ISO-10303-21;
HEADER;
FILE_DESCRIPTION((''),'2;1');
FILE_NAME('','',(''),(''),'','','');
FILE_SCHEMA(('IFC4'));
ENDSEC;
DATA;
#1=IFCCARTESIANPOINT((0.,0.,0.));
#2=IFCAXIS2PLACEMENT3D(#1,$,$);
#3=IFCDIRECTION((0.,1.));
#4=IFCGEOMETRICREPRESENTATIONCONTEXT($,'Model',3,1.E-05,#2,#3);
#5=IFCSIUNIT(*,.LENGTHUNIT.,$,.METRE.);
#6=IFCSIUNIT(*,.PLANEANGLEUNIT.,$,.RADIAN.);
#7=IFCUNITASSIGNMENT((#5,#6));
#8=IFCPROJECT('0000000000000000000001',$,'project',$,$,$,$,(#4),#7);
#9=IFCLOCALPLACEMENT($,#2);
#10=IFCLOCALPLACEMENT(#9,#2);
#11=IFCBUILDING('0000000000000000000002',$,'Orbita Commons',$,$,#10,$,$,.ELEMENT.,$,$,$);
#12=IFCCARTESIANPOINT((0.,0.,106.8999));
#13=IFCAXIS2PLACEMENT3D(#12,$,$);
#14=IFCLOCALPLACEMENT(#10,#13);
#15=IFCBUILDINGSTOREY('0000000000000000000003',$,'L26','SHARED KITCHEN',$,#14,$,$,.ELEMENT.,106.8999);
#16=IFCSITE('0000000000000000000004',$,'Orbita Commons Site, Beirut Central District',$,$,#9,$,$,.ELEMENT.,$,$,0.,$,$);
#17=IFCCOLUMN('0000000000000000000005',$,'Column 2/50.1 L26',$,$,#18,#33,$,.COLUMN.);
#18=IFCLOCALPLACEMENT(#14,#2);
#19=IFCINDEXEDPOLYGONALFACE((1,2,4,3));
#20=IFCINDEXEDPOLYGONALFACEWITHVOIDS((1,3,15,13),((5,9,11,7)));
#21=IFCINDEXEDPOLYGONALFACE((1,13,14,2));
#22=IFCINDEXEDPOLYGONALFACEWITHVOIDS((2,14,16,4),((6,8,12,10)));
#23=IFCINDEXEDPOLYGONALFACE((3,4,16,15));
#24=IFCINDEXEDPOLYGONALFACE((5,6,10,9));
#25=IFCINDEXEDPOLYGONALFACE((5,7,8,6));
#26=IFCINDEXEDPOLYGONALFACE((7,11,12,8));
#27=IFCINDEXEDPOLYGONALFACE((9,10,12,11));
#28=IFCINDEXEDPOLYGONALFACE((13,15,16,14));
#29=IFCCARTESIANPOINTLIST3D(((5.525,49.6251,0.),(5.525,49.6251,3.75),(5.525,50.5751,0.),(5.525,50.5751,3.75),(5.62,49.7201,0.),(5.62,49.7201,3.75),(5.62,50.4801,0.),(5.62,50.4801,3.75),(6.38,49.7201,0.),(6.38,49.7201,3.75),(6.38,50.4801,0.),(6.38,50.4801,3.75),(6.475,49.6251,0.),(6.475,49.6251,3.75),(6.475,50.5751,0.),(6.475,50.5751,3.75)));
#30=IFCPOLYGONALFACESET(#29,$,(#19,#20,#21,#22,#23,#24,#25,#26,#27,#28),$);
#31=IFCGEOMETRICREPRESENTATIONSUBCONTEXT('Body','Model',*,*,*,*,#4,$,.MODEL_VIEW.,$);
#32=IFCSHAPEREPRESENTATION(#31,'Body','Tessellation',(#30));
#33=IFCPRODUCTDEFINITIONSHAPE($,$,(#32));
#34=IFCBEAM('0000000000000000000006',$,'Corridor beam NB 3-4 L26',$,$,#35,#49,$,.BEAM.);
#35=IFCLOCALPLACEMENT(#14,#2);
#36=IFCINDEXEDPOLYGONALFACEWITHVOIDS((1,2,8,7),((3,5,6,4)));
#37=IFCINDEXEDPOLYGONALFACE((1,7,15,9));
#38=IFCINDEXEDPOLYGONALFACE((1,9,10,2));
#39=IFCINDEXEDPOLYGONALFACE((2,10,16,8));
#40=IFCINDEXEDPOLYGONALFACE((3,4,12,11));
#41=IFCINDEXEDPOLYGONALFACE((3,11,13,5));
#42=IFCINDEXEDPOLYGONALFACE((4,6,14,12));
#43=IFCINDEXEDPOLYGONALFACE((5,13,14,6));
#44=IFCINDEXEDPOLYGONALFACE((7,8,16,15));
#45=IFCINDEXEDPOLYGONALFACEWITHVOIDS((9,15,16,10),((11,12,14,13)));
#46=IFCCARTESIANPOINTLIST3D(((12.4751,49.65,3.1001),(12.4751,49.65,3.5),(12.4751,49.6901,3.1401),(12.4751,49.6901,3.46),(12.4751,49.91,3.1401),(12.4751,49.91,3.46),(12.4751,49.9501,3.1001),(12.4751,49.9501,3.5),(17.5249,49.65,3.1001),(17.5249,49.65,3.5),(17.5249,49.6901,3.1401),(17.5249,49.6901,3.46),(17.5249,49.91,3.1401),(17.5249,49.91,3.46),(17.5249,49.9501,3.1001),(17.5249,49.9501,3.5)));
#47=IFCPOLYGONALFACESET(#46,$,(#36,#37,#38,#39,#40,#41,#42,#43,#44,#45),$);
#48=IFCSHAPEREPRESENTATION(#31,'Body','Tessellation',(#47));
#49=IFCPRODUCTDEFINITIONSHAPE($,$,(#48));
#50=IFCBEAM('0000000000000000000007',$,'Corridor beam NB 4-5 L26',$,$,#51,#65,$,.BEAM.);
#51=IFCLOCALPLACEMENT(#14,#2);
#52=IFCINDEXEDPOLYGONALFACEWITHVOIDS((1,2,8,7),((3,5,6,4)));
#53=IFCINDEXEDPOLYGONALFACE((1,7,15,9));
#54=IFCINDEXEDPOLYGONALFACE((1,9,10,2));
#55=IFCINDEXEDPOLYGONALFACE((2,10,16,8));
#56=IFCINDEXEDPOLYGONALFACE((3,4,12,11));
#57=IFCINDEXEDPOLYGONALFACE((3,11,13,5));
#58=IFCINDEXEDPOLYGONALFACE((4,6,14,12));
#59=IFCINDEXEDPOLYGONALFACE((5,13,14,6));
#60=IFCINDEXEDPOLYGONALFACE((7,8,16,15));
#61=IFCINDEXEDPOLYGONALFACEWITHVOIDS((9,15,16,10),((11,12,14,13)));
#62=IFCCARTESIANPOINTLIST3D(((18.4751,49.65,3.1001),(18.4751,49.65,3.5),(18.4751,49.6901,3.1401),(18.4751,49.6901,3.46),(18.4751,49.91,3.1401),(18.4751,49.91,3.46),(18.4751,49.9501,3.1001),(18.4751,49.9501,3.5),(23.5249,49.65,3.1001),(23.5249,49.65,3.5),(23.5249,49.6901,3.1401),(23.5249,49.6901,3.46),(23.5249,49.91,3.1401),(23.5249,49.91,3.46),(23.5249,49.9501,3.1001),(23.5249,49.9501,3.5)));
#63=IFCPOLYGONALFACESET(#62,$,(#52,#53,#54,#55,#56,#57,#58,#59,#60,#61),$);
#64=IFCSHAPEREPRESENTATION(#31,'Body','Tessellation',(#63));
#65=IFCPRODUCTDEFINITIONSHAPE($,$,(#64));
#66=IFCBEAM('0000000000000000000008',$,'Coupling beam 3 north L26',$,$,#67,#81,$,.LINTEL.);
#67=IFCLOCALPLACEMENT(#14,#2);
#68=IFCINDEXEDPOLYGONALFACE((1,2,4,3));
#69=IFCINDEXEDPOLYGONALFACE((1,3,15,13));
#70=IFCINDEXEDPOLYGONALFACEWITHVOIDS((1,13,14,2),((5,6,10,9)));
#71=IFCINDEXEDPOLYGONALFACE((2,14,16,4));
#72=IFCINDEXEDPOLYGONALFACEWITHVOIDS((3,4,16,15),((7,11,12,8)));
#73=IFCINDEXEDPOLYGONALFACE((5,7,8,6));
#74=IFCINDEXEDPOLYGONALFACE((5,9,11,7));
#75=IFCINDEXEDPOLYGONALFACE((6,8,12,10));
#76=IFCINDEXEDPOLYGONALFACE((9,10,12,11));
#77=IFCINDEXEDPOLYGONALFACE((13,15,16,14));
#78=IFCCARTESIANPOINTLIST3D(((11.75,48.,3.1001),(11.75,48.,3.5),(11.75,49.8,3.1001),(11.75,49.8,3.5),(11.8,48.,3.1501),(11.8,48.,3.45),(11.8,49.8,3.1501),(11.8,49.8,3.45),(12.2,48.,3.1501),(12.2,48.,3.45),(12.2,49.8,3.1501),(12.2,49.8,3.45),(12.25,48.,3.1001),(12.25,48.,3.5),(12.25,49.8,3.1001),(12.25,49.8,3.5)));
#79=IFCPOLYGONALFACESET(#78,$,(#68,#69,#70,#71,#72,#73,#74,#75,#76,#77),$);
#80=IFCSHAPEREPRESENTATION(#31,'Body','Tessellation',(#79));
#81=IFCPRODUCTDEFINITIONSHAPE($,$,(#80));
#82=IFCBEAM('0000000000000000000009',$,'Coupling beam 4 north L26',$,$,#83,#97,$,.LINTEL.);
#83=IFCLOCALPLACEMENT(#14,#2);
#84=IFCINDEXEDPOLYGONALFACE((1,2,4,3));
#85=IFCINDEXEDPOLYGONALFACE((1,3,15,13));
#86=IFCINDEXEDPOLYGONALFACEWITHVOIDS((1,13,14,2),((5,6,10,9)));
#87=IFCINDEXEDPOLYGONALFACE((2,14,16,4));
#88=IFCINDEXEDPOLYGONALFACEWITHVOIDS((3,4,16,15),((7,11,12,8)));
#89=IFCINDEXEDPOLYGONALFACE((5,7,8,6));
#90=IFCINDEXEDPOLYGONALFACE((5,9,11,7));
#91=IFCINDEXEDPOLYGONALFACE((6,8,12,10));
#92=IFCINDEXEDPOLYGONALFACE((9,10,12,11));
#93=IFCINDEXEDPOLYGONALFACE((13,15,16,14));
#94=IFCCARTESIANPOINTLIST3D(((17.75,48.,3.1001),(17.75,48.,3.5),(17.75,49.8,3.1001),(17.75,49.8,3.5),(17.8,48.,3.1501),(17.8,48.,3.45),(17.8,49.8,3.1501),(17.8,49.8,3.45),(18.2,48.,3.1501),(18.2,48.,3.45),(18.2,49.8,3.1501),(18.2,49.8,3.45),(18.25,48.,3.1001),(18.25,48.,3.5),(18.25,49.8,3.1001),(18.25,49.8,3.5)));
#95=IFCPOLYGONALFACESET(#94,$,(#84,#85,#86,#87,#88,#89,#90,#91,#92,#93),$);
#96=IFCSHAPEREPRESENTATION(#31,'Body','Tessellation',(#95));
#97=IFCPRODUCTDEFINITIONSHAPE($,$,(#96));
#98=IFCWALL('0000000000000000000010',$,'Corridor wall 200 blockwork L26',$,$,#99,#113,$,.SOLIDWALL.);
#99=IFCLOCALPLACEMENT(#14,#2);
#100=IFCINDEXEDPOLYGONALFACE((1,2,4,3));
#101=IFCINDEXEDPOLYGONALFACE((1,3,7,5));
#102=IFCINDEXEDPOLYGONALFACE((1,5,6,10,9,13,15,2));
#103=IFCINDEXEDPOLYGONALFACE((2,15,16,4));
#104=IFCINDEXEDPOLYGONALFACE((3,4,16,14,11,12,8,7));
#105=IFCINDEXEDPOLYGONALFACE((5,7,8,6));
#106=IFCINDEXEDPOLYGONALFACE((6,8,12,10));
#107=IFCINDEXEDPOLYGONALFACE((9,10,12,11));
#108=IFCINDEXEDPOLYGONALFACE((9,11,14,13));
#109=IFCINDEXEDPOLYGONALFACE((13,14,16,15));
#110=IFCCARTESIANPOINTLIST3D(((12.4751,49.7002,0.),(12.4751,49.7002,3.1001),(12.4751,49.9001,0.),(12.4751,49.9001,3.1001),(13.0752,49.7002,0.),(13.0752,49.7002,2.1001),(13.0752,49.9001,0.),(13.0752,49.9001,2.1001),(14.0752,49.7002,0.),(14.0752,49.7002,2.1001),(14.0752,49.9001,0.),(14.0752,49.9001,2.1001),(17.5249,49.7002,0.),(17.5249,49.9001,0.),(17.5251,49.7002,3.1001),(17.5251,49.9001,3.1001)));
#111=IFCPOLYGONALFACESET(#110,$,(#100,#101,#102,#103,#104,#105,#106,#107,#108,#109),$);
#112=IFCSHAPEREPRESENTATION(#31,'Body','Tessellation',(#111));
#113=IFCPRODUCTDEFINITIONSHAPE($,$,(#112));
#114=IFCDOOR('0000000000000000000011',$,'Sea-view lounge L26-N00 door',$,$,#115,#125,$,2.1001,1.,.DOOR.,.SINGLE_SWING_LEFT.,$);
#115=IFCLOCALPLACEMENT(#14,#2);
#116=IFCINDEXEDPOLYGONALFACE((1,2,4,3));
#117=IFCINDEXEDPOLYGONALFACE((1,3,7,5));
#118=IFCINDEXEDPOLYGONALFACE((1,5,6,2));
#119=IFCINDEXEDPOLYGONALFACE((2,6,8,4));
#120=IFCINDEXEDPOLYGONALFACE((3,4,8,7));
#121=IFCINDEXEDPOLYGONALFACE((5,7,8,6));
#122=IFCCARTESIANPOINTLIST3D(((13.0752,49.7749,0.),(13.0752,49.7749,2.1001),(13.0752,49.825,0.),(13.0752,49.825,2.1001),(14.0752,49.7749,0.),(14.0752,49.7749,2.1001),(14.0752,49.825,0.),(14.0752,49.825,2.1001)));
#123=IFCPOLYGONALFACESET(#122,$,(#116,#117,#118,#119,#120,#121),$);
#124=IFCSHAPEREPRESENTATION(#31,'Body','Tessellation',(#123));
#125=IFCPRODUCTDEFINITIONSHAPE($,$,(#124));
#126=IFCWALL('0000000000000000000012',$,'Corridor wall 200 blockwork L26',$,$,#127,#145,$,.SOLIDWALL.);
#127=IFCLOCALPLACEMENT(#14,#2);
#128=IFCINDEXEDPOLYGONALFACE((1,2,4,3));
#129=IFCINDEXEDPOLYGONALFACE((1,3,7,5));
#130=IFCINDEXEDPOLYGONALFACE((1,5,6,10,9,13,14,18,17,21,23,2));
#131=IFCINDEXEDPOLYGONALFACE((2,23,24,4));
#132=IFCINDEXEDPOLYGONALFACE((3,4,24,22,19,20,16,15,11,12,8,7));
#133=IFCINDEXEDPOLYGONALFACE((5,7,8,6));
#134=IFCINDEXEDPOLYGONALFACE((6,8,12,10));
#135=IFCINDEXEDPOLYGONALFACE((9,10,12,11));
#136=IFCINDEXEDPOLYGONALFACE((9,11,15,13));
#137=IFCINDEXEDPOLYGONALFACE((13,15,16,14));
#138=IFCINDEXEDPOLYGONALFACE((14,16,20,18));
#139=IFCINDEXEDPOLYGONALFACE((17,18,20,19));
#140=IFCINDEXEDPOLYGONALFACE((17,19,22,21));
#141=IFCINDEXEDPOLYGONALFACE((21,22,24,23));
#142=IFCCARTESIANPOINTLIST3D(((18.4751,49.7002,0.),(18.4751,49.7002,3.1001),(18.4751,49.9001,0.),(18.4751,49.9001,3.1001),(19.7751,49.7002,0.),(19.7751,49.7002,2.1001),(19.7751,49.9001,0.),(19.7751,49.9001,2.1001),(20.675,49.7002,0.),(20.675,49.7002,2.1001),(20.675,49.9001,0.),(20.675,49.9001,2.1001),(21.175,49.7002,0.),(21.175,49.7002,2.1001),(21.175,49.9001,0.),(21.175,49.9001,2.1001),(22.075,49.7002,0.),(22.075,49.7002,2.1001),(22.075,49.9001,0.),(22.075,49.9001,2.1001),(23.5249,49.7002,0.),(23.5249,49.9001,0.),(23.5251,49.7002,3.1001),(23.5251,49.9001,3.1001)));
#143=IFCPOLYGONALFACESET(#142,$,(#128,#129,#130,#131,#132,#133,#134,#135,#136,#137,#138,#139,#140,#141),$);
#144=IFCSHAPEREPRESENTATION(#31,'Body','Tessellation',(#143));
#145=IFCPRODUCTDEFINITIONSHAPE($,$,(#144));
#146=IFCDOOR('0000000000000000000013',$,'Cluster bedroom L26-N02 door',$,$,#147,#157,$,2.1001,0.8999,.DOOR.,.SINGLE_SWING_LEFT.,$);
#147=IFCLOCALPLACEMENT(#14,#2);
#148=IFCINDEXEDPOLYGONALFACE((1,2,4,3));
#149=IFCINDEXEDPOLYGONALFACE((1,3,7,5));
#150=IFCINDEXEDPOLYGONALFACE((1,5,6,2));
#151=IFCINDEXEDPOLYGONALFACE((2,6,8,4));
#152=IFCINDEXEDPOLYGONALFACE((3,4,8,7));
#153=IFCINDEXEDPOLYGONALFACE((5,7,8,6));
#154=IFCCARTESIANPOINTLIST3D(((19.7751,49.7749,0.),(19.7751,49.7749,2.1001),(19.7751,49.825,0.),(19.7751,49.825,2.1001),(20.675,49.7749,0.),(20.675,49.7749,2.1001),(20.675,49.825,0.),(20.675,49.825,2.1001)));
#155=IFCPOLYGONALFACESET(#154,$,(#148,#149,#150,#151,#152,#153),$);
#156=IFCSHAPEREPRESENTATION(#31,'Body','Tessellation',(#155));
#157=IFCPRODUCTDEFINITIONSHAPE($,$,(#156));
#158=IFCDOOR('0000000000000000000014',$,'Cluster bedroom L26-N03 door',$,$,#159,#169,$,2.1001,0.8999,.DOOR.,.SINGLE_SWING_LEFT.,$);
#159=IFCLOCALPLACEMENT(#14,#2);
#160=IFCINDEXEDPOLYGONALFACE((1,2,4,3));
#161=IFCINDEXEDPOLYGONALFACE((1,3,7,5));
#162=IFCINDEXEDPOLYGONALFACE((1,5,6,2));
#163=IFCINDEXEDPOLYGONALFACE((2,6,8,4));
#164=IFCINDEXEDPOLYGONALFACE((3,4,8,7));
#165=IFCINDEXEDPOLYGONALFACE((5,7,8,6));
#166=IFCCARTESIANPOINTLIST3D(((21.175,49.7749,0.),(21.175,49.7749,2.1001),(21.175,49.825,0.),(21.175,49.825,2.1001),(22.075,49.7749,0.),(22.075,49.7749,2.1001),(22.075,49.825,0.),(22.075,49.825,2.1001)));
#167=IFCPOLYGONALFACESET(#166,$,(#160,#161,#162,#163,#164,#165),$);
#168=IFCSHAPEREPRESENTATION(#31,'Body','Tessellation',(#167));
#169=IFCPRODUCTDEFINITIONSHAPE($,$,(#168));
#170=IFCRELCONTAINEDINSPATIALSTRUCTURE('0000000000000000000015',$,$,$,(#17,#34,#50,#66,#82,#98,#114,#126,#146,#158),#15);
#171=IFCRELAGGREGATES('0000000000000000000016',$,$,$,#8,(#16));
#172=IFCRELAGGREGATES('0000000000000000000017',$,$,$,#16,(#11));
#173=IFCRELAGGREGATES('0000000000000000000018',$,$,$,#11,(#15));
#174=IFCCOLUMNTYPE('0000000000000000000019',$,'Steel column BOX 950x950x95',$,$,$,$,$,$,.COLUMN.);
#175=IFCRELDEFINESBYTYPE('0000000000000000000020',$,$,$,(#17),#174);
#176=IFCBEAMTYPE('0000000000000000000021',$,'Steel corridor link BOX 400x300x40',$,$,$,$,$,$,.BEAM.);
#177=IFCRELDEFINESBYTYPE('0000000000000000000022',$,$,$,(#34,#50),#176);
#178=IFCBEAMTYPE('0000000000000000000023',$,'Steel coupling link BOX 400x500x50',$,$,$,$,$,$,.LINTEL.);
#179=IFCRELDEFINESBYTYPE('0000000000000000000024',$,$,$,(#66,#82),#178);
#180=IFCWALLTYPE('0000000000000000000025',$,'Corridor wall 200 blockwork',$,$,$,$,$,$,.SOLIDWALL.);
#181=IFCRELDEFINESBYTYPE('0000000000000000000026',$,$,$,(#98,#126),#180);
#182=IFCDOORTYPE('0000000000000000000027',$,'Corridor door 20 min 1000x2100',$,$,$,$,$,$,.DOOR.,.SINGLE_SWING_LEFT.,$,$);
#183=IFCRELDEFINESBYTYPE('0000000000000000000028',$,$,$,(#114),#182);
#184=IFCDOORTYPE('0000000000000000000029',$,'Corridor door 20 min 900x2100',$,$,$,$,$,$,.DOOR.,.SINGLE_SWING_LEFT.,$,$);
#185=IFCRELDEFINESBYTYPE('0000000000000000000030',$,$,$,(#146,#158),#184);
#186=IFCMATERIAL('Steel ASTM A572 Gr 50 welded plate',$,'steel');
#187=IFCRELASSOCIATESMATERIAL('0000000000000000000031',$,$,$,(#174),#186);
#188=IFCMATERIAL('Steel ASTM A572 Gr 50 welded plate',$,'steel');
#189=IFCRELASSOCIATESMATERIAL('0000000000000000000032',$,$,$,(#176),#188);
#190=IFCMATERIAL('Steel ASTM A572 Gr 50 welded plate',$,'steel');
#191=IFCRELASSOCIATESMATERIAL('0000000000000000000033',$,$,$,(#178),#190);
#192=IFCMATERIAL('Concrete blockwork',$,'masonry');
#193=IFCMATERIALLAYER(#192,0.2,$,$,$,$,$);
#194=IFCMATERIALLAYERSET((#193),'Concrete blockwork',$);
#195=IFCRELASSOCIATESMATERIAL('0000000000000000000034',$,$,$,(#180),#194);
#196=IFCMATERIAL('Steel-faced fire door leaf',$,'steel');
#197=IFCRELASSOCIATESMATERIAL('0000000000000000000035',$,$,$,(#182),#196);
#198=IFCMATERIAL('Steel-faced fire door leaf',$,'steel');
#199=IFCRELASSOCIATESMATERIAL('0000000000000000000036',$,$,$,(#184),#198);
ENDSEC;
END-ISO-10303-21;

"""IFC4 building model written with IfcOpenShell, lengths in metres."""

from ifc_helpers import new_model, si_unit, direction, frame, frame_2d, origin, origin_2d, place, context, subcontext, project, spatial, polyline, rectangle, hollow_rectangle, outline, extrude, material, layer, layer_set, material_profile, profile_set, type_object, element, fill, save


model = new_model("IFC4")

# Units and contexts
model_context = context("Model", 3, precision=1e-05, world=origin(), true_north=direction((0.0, 1.0)))
body_context = subcontext(model_context, "Body", "Model", "MODEL_VIEW")
ifc_project = project(units=[si_unit("LENGTHUNIT", "METRE"), si_unit("PLANEANGLEUNIT", "RADIAN")], contexts=[model_context])

# Site, building, storey
site_placement = place(None, origin())
site = spatial("IfcSite", under=ifc_project, at=site_placement, Name="Orbita Commons Site, Beirut Central District", CompositionType="ELEMENT", RefElevation=0.0)
building_placement = place(site_placement, origin())
building = spatial("IfcBuilding", under=site, at=building_placement, Name="Orbita Commons", CompositionType="ELEMENT")
storey_placement = place(building_placement, frame((0.0, 0.0, 106.8999)))
storey = spatial("IfcBuildingStorey", under=building, at=storey_placement, Name="L26", Description="SHARED KITCHEN", CompositionType="ELEMENT", Elevation=106.8999)

# Column
ifc_material_1 = material(Name="Steel ASTM A572 Gr 50 welded plate", Category="steel")
ifc_material_profile_1 = material_profile(ifc_material_1, hollow_rectangle(XDim=0.95, YDim=0.95, WallThickness=0.095, at=origin_2d()), Name="BOX 950x950x95")
ifc_profile_set_1 = profile_set([ifc_material_profile_1], Name="Steel ASTM A572 Gr 50 welded plate")
column_type = type_object("IfcColumnType", Name="Steel column BOX 950x950x95", PredefinedType="COLUMN", material=ifc_profile_set_1)
column_placement = place(storey_placement, frame((6.0, 50.1001, 0.0), z_axis=(0.0, 0.0, 1.0), x_axis=(1.0, 0.0, 0.0)))
element("IfcColumn", 1, at=column_placement, inside=storey, type_object=column_type, Name="Column 2/50.1 L26", PredefinedType="COLUMN", context=body_context, shape_type="SweptSolid", body=[
    extrude(hollow_rectangle(XDim=0.95, YDim=0.95, WallThickness=0.095, at=origin_2d()), origin(), (0.0, 0.0, 1.0), 3.75),
])

# Beams
ifc_material_2 = material(Name="Steel ASTM A572 Gr 50 welded plate", Category="steel")
ifc_material_profile_2 = material_profile(ifc_material_2, hollow_rectangle(XDim=0.3, YDim=0.3999, WallThickness=0.04, at=origin_2d()), Name="BOX 400x300x40")
ifc_profile_set_2 = profile_set([ifc_material_profile_2], Name="Steel ASTM A572 Gr 50 welded plate")
beam_type_1 = type_object("IfcBeamType", Name="Steel corridor link BOX 400x300x40", PredefinedType="BEAM", material=ifc_profile_set_2)
for number, where, z_axis, x_axis, name in (
    (2, (12.4751, 49.8, 3.3), (1.0, 0.0, 0.0), (0.0, 1.0, 0.0), "Corridor beam NB 3-4 L26"),
    (3, (18.4751, 49.8, 3.3), (1.0, 0.0, 0.0), (0.0, 1.0, 0.0), "Corridor beam NB 4-5 L26"),
):
    element("IfcBeam", number, at=place(storey_placement, frame(where, z_axis=z_axis, x_axis=x_axis)), inside=storey, type_object=beam_type_1, Name=name, PredefinedType="BEAM", context=body_context, shape_type="SweptSolid", body=[
        extrude(hollow_rectangle(XDim=0.3, YDim=0.3999, WallThickness=0.04, at=origin_2d()), origin(), (0.0, 0.0, 1.0), 5.0498),
    ])
ifc_material_3 = material(Name="Steel ASTM A572 Gr 50 welded plate", Category="steel")
ifc_material_profile_3 = material_profile(ifc_material_3, hollow_rectangle(XDim=0.5, YDim=0.3999, WallThickness=0.05, at=origin_2d()), Name="BOX 400x500x50")
ifc_profile_set_3 = profile_set([ifc_material_profile_3], Name="Steel ASTM A572 Gr 50 welded plate")
beam_type_2 = type_object("IfcBeamType", Name="Steel coupling link BOX 400x500x50", PredefinedType="LINTEL", material=ifc_profile_set_3)
for number, where, z_axis, x_axis, name in (
    (4, (12.0, 48.0, 3.3), (0.0, 1.0, 0.0), (-1.0, 0.0, 0.0), "Coupling beam 3 north L26"),
    (5, (18.0, 48.0, 3.3), (0.0, 1.0, 0.0), (-1.0, 0.0, 0.0), "Coupling beam 4 north L26"),
):
    element("IfcBeam", number, at=place(storey_placement, frame(where, z_axis=z_axis, x_axis=x_axis)), inside=storey, type_object=beam_type_2, Name=name, PredefinedType="LINTEL", context=body_context, shape_type="SweptSolid", body=[
        extrude(hollow_rectangle(XDim=0.5, YDim=0.3999, WallThickness=0.05, at=origin_2d()), origin(), (0.0, 0.0, 1.0), 1.8),
    ])

# Wall, opening, door
ifc_material_4 = material(Name="Concrete blockwork", Category="masonry")
ifc_layer_1 = layer(ifc_material_4, 0.2)
ifc_layer_set_1 = layer_set([ifc_layer_1], Name="Concrete blockwork")
wall_type_1 = type_object("IfcWallType", Name="Corridor wall 200 blockwork", PredefinedType="SOLIDWALL", material=ifc_layer_set_1)
wall_1_placement = place(storey_placement, frame((12.4751, 49.8, 0.0), z_axis=(0.0, 0.0, 1.0), x_axis=(1.0, 0.0, 0.0)))
wall_1 = element("IfcWall", 6, at=wall_1_placement, inside=storey, type_object=wall_type_1, Name="Corridor wall 200 blockwork L26", PredefinedType="SOLIDWALL", context=body_context, shape_type="SweptSolid", body=[
    extrude(outline(polyline([(0.0, 0.0), (5.0498, 0.0), (5.05, 3.1001), (0.0, 3.1001), (0.0, 0.0)])), frame((0.0, 0.1001, 0.0), z_axis=(0.0, -1.0, 0.0), x_axis=(1.0, 0.0, 0.0)), (0.0, 0.0, 1.0), 0.2),
])
opening_1_placement = place(wall_1_placement, frame((0.6001, 0.0, 0.0)))
opening_1 = element("IfcOpeningElement", 7, at=opening_1_placement, cuts=wall_1, PredefinedType="OPENING", context=body_context, shape_type="SweptSolid", body=[
    extrude(rectangle(XDim=1.0, YDim=2.1001, at=frame_2d((0.5, 1.05))), frame((0.0, 0.1099, 0.0), z_axis=(0.0, -1.0, 0.0), x_axis=(1.0, 0.0, 0.0)), (0.0, 0.0, 1.0), 0.22),
])
ifc_material_5 = material(Name="Steel-faced fire door leaf", Category="steel")
door_type_1 = type_object("IfcDoorType", Name="Corridor door 20 min 1000x2100", OperationType="SINGLE_SWING_LEFT", PredefinedType="DOOR", material=ifc_material_5)
door_1_placement = place(opening_1_placement, origin())
door_1 = element("IfcDoor", 8, at=door_1_placement, inside=storey, type_object=door_type_1, Name="Sea-view lounge L26-N00 door", OperationType="SINGLE_SWING_LEFT", OverallHeight=2.1001, OverallWidth=1.0, PredefinedType="DOOR", context=body_context, shape_type="SweptSolid", body=[
    extrude(rectangle(XDim=1.0, YDim=2.1001, at=frame_2d((0.5, 1.05))), frame((0.0, 0.0249, 0.0), z_axis=(0.0, -1.0, 0.0), x_axis=(1.0, 0.0, 0.0)), (0.0, 0.0, 1.0), 0.05),
])
fill(opening_1, door_1)

# Wall, openings, doors
wall_2_placement = place(storey_placement, frame((18.4751, 49.8, 0.0), z_axis=(0.0, 0.0, 1.0), x_axis=(1.0, 0.0, 0.0)))
wall_2 = element("IfcWall", 9, at=wall_2_placement, inside=storey, type_object=wall_type_1, Name="Corridor wall 200 blockwork L26", PredefinedType="SOLIDWALL", context=body_context, shape_type="SweptSolid", body=[
    extrude(outline(polyline([(0.0, 0.0), (5.0498, 0.0), (5.05, 3.1001), (0.0, 3.1001), (0.0, 0.0)])), frame((0.0, 0.1001, 0.0), z_axis=(0.0, -1.0, 0.0), x_axis=(1.0, 0.0, 0.0)), (0.0, 0.0, 1.0), 0.2),
])
opening_2_placement = place(wall_2_placement, frame((1.3, 0.0, 0.0)))
opening_2 = element("IfcOpeningElement", 10, at=opening_2_placement, cuts=wall_2, PredefinedType="OPENING", context=body_context, shape_type="SweptSolid", body=[
    extrude(rectangle(XDim=0.8999, YDim=2.1001, at=frame_2d((0.45, 1.05))), frame((0.0, 0.1099, 0.0), z_axis=(0.0, -1.0, 0.0), x_axis=(1.0, 0.0, 0.0)), (0.0, 0.0, 1.0), 0.22),
])
opening_3_placement = place(wall_2_placement, frame((2.7, 0.0, 0.0)))
opening_3 = element("IfcOpeningElement", 11, at=opening_3_placement, cuts=wall_2, PredefinedType="OPENING", context=body_context, shape_type="SweptSolid", body=[
    extrude(rectangle(XDim=0.8999, YDim=2.1001, at=frame_2d((0.45, 1.05))), frame((0.0, 0.1099, 0.0), z_axis=(0.0, -1.0, 0.0), x_axis=(1.0, 0.0, 0.0)), (0.0, 0.0, 1.0), 0.22),
])
ifc_material_6 = material(Name="Steel-faced fire door leaf", Category="steel")
door_type_2 = type_object("IfcDoorType", Name="Corridor door 20 min 900x2100", OperationType="SINGLE_SWING_LEFT", PredefinedType="DOOR", material=ifc_material_6)
door_2_placement = place(opening_2_placement, origin())
door_2 = element("IfcDoor", 12, at=door_2_placement, inside=storey, type_object=door_type_2, Name="Cluster bedroom L26-N02 door", OperationType="SINGLE_SWING_LEFT", OverallHeight=2.1001, OverallWidth=0.8999, PredefinedType="DOOR", context=body_context, shape_type="SweptSolid", body=[
    extrude(rectangle(XDim=0.8999, YDim=2.1001, at=frame_2d((0.45, 1.05))), frame((0.0, 0.0249, 0.0), z_axis=(0.0, -1.0, 0.0), x_axis=(1.0, 0.0, 0.0)), (0.0, 0.0, 1.0), 0.05),
])
fill(opening_2, door_2)
door_3_placement = place(opening_3_placement, origin())
door_3 = element("IfcDoor", 13, at=door_3_placement, inside=storey, type_object=door_type_2, Name="Cluster bedroom L26-N03 door", OperationType="SINGLE_SWING_LEFT", OverallHeight=2.1001, OverallWidth=0.8999, PredefinedType="DOOR", context=body_context, shape_type="SweptSolid", body=[
    extrude(rectangle(XDim=0.8999, YDim=2.1001, at=frame_2d((0.45, 1.05))), frame((0.0, 0.0249, 0.0), z_axis=(0.0, -1.0, 0.0), x_axis=(1.0, 0.0, 0.0)), (0.0, 0.0, 1.0), 0.05),
])
fill(opening_3, door_3)

save(model, "model.ifc")
